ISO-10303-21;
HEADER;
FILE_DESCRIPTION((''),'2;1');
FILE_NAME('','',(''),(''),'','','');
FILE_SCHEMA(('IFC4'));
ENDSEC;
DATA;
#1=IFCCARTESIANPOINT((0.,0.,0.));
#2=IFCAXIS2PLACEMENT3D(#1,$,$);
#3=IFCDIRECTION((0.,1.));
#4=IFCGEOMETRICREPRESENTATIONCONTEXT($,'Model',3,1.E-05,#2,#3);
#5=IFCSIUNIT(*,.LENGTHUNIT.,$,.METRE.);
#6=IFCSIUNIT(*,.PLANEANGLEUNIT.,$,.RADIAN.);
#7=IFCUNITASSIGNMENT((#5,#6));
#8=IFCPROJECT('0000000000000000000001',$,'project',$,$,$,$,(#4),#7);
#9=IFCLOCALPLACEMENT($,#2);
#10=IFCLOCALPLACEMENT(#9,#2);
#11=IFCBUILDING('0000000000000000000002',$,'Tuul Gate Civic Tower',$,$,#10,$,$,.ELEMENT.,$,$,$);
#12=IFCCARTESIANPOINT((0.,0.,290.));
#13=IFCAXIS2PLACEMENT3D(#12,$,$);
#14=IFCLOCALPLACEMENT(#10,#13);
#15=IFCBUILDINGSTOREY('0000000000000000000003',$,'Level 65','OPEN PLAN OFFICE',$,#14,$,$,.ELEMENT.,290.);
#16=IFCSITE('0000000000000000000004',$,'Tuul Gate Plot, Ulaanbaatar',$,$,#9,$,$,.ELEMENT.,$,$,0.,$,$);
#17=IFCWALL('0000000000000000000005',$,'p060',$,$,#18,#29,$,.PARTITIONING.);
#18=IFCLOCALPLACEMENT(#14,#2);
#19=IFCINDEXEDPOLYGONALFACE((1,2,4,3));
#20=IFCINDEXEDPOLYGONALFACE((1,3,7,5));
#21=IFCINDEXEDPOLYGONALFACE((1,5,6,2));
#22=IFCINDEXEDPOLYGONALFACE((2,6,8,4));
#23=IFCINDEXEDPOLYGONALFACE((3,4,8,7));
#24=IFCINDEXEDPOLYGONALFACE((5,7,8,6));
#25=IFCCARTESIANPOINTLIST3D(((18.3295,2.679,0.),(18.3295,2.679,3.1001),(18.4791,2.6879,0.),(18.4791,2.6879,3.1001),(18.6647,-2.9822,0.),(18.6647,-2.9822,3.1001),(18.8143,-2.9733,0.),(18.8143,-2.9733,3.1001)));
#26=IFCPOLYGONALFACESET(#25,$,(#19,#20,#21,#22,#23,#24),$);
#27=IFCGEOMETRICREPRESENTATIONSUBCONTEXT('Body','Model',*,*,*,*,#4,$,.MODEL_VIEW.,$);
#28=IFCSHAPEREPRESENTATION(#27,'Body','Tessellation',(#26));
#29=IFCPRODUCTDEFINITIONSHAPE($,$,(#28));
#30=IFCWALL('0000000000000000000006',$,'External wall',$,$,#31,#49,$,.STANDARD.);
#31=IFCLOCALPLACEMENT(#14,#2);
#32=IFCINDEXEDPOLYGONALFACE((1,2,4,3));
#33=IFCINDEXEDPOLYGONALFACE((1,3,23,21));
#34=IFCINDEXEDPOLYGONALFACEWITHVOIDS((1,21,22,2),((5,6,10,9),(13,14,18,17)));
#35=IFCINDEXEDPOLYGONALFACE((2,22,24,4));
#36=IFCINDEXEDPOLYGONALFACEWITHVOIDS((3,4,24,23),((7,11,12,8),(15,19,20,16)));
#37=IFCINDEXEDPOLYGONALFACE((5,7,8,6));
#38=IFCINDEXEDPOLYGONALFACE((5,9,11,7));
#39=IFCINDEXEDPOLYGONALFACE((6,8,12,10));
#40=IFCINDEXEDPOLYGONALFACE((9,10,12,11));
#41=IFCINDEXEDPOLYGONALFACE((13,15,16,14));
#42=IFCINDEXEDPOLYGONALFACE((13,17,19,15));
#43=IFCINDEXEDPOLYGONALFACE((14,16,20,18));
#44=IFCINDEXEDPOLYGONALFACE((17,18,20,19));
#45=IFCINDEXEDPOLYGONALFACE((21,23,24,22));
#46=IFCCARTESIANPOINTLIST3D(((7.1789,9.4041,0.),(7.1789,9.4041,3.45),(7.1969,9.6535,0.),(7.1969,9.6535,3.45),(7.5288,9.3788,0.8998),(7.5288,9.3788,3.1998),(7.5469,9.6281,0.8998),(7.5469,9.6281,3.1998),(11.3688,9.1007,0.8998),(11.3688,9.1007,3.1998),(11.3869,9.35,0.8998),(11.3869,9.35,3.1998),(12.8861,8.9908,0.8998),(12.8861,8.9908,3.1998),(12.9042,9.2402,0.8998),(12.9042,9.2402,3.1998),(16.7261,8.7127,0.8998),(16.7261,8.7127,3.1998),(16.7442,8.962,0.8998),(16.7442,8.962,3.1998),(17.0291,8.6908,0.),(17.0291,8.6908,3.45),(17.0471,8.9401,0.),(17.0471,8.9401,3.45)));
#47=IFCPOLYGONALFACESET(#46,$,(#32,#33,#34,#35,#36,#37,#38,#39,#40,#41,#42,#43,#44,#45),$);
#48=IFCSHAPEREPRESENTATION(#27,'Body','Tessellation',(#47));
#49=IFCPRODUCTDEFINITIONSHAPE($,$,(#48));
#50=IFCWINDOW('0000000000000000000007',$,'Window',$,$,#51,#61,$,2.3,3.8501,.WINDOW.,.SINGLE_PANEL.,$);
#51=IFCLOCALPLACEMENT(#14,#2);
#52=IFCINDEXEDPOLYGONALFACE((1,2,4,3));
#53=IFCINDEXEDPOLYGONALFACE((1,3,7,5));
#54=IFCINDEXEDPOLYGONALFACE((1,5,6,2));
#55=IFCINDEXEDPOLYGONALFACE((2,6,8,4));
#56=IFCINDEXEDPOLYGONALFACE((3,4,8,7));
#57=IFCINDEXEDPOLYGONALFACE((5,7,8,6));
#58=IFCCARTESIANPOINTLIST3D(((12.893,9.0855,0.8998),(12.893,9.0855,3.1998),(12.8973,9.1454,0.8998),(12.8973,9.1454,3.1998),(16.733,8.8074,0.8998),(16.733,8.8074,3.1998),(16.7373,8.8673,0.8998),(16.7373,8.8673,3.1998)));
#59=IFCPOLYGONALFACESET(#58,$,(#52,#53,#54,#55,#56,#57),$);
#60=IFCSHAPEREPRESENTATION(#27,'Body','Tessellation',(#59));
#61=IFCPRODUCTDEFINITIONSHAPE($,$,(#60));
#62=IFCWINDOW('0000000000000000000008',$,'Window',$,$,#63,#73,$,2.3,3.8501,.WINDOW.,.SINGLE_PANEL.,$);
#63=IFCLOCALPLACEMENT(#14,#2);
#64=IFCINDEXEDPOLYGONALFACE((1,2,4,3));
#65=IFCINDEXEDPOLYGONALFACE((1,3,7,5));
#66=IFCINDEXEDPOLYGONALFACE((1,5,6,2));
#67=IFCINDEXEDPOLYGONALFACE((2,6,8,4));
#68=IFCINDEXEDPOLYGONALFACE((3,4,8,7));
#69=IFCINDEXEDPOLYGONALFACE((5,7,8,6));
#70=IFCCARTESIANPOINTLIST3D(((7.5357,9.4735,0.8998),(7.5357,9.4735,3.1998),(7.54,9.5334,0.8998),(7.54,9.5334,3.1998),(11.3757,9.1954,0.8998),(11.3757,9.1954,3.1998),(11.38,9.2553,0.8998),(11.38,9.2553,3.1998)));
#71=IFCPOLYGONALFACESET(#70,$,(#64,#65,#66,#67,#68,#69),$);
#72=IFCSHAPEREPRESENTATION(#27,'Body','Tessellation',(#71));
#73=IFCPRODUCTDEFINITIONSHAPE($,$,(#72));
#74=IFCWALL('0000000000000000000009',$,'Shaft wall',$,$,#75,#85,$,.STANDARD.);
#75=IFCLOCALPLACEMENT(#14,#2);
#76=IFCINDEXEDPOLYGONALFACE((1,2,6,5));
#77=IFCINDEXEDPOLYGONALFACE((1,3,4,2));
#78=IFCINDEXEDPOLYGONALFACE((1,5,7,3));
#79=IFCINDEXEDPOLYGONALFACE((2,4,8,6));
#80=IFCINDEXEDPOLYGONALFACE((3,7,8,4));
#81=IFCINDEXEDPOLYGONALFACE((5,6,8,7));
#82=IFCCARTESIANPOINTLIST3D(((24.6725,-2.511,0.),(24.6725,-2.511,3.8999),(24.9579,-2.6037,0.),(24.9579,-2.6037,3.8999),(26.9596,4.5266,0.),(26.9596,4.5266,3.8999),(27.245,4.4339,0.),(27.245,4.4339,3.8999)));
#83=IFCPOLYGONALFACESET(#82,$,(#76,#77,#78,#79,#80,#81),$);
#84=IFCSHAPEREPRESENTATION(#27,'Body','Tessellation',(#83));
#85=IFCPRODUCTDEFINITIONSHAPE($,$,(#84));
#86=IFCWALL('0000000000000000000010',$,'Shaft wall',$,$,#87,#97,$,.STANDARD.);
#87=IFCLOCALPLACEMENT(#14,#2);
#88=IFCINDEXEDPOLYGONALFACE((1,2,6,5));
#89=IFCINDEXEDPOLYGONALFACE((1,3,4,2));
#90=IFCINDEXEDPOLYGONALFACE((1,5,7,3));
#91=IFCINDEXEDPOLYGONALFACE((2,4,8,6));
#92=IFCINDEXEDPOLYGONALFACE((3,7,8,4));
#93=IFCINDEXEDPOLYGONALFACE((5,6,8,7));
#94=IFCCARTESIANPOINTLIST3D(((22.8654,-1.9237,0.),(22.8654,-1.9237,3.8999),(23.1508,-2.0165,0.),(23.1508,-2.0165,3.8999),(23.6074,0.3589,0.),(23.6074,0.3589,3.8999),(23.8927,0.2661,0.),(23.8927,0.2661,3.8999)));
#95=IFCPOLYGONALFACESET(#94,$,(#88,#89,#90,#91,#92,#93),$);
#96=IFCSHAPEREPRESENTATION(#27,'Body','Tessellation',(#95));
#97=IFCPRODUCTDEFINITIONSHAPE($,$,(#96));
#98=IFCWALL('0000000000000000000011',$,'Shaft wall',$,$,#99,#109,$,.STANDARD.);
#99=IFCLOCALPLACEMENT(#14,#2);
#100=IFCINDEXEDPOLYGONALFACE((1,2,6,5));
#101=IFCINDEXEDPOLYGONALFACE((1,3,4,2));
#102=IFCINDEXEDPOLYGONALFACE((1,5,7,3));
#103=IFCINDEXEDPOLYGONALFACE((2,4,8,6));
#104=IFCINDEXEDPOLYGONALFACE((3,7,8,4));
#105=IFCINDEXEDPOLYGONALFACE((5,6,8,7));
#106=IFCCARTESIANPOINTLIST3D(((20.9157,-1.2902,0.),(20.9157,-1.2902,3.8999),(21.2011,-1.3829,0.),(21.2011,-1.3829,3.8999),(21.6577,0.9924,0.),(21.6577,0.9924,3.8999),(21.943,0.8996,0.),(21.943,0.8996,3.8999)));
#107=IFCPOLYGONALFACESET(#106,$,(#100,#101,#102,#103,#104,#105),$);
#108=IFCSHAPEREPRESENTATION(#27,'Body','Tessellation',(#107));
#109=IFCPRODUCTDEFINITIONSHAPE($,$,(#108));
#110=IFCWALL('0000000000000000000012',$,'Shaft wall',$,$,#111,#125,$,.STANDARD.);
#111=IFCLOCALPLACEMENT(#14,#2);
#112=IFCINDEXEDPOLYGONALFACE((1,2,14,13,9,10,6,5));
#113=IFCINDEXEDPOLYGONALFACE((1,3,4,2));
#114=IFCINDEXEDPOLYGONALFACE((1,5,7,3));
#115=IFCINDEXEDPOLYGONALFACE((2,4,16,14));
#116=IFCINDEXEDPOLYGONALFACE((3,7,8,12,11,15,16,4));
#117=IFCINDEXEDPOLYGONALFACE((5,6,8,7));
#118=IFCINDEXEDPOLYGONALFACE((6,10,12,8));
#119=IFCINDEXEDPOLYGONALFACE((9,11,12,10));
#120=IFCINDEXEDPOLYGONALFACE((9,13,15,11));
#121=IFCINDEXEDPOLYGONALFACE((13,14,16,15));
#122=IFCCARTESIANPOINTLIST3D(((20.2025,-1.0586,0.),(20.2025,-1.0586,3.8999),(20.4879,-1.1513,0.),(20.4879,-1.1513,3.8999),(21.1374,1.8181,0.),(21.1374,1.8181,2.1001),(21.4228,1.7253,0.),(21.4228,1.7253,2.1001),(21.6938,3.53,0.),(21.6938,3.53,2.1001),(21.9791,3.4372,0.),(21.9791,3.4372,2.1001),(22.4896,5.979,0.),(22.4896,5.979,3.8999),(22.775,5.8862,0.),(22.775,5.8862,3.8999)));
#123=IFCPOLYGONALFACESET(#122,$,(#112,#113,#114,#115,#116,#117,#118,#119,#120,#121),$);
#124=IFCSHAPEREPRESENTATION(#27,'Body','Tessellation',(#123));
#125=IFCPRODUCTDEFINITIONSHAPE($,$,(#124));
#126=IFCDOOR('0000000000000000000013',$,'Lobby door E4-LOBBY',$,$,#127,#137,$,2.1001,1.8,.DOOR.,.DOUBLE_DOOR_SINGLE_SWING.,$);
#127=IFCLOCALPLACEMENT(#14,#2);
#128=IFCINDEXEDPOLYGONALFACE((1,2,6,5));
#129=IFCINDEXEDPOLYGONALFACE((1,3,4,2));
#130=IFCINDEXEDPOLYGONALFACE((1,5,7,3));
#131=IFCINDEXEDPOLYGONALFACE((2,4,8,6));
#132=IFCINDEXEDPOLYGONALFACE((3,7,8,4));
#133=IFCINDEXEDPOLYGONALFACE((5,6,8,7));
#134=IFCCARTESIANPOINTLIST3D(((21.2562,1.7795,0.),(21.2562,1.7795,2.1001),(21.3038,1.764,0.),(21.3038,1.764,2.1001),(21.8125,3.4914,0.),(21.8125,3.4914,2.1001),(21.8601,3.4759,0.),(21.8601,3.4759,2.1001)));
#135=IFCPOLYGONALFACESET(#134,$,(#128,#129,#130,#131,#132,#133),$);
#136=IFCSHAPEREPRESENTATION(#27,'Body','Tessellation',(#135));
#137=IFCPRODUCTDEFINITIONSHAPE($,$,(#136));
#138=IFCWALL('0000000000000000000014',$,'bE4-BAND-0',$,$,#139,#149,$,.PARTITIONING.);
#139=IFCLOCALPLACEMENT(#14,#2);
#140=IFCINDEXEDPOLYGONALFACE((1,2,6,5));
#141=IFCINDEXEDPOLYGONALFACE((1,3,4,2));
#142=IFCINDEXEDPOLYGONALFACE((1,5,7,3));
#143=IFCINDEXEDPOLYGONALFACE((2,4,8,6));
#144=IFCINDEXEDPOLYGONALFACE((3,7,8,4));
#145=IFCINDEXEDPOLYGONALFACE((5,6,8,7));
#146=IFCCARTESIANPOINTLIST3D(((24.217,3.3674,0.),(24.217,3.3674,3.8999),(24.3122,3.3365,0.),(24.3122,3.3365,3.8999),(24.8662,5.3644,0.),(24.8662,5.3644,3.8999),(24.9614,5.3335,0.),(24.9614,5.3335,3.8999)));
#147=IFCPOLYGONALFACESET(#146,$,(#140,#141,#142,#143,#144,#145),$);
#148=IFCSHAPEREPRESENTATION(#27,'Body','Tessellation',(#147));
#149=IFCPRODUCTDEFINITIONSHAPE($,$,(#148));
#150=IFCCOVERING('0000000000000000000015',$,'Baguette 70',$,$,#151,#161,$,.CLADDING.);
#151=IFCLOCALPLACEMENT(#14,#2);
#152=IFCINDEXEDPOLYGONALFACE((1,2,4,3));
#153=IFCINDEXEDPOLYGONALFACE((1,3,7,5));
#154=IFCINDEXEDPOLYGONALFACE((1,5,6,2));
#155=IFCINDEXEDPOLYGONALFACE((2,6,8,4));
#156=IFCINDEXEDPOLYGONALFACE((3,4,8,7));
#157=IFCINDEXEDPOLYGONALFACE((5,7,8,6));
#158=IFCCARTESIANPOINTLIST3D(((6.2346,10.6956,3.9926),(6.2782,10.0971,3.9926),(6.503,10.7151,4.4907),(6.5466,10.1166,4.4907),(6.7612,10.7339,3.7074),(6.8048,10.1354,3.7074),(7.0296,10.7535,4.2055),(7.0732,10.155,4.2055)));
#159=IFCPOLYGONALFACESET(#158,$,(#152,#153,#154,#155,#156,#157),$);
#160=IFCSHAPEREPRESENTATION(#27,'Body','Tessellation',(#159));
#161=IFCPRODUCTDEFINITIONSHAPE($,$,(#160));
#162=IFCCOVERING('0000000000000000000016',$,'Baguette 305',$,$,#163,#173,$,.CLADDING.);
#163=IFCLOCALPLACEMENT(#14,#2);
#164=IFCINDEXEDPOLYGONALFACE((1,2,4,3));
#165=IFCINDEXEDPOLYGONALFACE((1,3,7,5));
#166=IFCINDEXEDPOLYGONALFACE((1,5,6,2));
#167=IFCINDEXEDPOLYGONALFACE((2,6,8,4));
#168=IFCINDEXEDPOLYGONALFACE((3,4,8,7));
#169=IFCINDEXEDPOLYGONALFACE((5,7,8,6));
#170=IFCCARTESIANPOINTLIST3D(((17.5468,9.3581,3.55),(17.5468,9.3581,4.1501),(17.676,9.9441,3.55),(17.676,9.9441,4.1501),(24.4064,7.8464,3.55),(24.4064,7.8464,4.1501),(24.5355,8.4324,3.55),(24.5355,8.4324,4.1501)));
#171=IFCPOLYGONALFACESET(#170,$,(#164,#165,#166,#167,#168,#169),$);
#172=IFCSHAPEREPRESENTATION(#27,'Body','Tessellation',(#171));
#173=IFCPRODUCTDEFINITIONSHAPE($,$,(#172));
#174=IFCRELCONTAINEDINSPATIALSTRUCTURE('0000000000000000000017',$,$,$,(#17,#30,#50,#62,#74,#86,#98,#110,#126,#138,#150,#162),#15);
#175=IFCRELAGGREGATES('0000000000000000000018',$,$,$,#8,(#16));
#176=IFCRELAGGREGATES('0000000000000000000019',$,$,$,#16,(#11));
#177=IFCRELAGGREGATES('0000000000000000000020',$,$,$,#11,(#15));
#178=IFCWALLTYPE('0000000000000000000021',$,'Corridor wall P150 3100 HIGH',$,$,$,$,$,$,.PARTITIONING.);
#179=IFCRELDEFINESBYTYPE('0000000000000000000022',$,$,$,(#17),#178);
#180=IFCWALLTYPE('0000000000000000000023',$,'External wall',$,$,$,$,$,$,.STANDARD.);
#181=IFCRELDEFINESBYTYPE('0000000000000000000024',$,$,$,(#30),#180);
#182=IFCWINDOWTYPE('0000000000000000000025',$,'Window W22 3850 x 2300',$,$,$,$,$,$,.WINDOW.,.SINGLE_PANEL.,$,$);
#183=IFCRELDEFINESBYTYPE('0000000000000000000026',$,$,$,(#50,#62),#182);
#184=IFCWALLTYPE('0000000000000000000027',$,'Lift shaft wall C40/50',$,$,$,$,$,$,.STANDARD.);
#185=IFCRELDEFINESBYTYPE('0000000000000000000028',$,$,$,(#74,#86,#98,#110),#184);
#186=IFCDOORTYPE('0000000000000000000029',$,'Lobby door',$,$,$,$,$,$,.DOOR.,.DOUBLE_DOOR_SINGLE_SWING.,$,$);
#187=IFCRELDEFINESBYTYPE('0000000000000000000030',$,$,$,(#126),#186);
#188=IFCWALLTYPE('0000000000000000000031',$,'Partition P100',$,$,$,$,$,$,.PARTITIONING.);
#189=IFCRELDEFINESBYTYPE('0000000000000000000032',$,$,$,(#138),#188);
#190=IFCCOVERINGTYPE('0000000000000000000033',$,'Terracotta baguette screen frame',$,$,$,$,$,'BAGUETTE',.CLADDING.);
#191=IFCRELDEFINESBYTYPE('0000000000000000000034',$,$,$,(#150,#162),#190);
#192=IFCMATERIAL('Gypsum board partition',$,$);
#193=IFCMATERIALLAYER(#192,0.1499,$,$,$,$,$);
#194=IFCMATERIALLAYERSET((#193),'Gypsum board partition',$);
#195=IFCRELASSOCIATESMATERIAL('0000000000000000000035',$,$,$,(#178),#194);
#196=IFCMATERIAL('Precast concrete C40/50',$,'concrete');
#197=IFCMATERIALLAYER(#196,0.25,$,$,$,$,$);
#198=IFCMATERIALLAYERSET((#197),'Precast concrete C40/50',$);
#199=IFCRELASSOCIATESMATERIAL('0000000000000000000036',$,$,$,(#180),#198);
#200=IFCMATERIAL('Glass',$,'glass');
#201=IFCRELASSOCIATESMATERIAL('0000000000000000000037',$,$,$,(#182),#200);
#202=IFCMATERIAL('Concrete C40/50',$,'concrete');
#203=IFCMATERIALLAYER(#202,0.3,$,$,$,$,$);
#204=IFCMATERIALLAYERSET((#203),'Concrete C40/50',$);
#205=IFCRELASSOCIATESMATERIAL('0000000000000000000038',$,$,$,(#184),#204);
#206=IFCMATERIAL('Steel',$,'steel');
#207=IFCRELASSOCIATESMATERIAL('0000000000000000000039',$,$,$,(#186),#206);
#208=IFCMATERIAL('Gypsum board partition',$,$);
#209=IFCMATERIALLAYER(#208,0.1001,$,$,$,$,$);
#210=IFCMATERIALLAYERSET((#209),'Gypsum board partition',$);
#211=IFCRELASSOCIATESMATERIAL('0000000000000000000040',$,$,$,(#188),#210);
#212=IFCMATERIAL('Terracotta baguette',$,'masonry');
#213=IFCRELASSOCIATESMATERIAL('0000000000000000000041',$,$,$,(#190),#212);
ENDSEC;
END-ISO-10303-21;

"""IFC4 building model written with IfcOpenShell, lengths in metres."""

from ifc_helpers import new_model, si_unit, direction, frame, frame_2d, origin, origin_2d, place, context, subcontext, project, spatial, rectangle, extrude, material, layer, layer_set, material_profile, profile_set, type_object, element, fill, save


model = new_model("IFC4")

# Units and contexts
model_context = context("Model", 3, precision=1e-05, world=origin(), true_north=direction((0.0, 1.0)))
body_context = subcontext(model_context, "Body", "Model", "MODEL_VIEW")
ifc_project = project(units=[si_unit("LENGTHUNIT", "METRE"), si_unit("PLANEANGLEUNIT", "RADIAN")], contexts=[model_context])

# Site, building, storey
site_placement = place(None, origin())
site = spatial("IfcSite", under=ifc_project, at=site_placement, Name="Tuul Gate Plot, Ulaanbaatar", CompositionType="ELEMENT", RefElevation=0.0)
building_placement = place(site_placement, origin())
building = spatial("IfcBuilding", under=site, at=building_placement, Name="Tuul Gate Civic Tower", CompositionType="ELEMENT")
storey_placement = place(building_placement, frame((0.0, 0.0, 290.0)))
storey = spatial("IfcBuildingStorey", under=building, at=storey_placement, Name="Level 65", Description="OPEN PLAN OFFICE", CompositionType="ELEMENT", Elevation=290.0)

# Wall
ifc_material_1 = material(Name="Gypsum board partition")
ifc_layer_1 = layer(ifc_material_1, 0.1499)
ifc_layer_set_1 = layer_set([ifc_layer_1], Name="Gypsum board partition")
wall_type_1 = type_object("IfcWallType", Name="Corridor wall P150 3100 HIGH", PredefinedType="PARTITIONING", material=ifc_layer_set_1)
wall_1_placement = place(storey_placement, frame((18.4043, 2.6833, 0.0), z_axis=(0.0, 0.0, 1.0), x_axis=(0.059108, -0.998252, 0.0)))
element("IfcWall", 1, at=wall_1_placement, inside=storey, type_object=wall_type_1, Name="p060", PredefinedType="PARTITIONING", context=body_context, shape_type="SweptSolid", body=[
    extrude(rectangle(XDim=5.6711, YDim=0.1499, at=frame_2d((2.8354, 0.0))), origin(), (0.0, 0.0, 1.0), 3.1001),
])

# Wall, openings, windows
ifc_material_2 = material(Name="Precast concrete C40/50", Category="concrete")
ifc_layer_2 = layer(ifc_material_2, 0.25)
ifc_layer_set_2 = layer_set([ifc_layer_2], Name="Precast concrete C40/50")
wall_type_2 = type_object("IfcWallType", Name="External wall", PredefinedType="STANDARD", material=ifc_layer_set_2)
wall_2_placement = place(storey_placement, frame((17.0381, 8.8154, 0.0), z_axis=(0.0, 0.0, 1.0), x_axis=(-0.997388, 0.072234, 0.0)))
wall_2 = element("IfcWall", 2, at=wall_2_placement, inside=storey, type_object=wall_type_2, Name="External wall", PredefinedType="STANDARD", context=body_context, shape_type="SweptSolid", body=[
    extrude(rectangle(XDim=9.876, YDim=0.25, at=frame_2d((4.938, 0.0))), origin(), (0.0, 0.0, 1.0), 3.45),
])
opening_1_placement = place(wall_2_placement, frame((0.3037, 0.0, 0.8999)))
opening_1 = element("IfcOpeningElement", 3, at=opening_1_placement, cuts=wall_2, PredefinedType="OPENING", context=body_context, shape_type="SweptSolid", body=[
    extrude(rectangle(XDim=3.8501, YDim=2.3, at=frame_2d((1.925, 1.1499))), frame((0.0, 0.135, 0.0), z_axis=(0.0, -1.0, 0.0), x_axis=(1.0, 0.0, 0.0)), (0.0, 0.0, 1.0), 0.27),
])
opening_2_placement = place(wall_2_placement, frame((5.675, 0.0, 0.8999)))
opening_2 = element("IfcOpeningElement", 4, at=opening_2_placement, cuts=wall_2, PredefinedType="OPENING", context=body_context, shape_type="SweptSolid", body=[
    extrude(rectangle(XDim=3.8501, YDim=2.3, at=frame_2d((1.925, 1.1499))), frame((0.0, 0.135, 0.0), z_axis=(0.0, -1.0, 0.0), x_axis=(1.0, 0.0, 0.0)), (0.0, 0.0, 1.0), 0.27),
])
ifc_material_3 = material(Name="Glass", Category="glass")
window_type = type_object("IfcWindowType", Name="Window W22 3850 x 2300", PartitioningType="SINGLE_PANEL", PredefinedType="WINDOW", material=ifc_material_3)
window_1_placement = place(opening_1_placement, origin())
window_1 = element("IfcWindow", 5, at=window_1_placement, inside=storey, type_object=window_type, Name="Window", OverallHeight=2.3, OverallWidth=3.8501, PartitioningType="SINGLE_PANEL", PredefinedType="WINDOW", context=body_context, shape_type="SweptSolid", body=[
    extrude(rectangle(XDim=3.8501, YDim=2.3, at=frame_2d((1.925, 1.1499))), frame((0.0, 0.03, 0.0), z_axis=(0.0, -1.0, 0.0), x_axis=(1.0, 0.0, 0.0)), (0.0, 0.0, 1.0), 0.0601),
])
fill(opening_1, window_1)
window_2_placement = place(opening_2_placement, origin())
window_2 = element("IfcWindow", 6, at=window_2_placement, inside=storey, type_object=window_type, Name="Window", OverallHeight=2.3, OverallWidth=3.8501, PartitioningType="SINGLE_PANEL", PredefinedType="WINDOW", context=body_context, shape_type="SweptSolid", body=[
    extrude(rectangle(XDim=3.8501, YDim=2.3, at=frame_2d((1.925, 1.1499))), frame((0.0, 0.03, 0.0), z_axis=(0.0, -1.0, 0.0), x_axis=(1.0, 0.0, 0.0)), (0.0, 0.0, 1.0), 0.0601),
])
fill(opening_2, window_2)

# Walls
ifc_material_4 = material(Name="Concrete C40/50", Category="concrete")
ifc_layer_3 = layer(ifc_material_4, 0.3)
ifc_layer_set_3 = layer_set([ifc_layer_3], Name="Concrete C40/50")
wall_type_3 = type_object("IfcWallType", Name="Lift shaft wall C40/50", PredefinedType="STANDARD", material=ifc_layer_set_3)
wall_3_placement = place(storey_placement, frame((24.8152, -2.5574, 0.0), z_axis=(0.0, 0.0, 1.0), x_axis=(0.309073, 0.951038, 0.0)))
element("IfcWall", 7, at=wall_3_placement, inside=storey, type_object=wall_type_3, Name="Shaft wall", PredefinedType="STANDARD", context=body_context, shape_type="SweptSolid", body=[
    extrude(rectangle(XDim=7.3999, YDim=0.3, at=frame_2d((3.7, 0.0))), origin(), (0.0, 0.0, 1.0), 3.8999),
])
for number, where, z_axis, x_axis, name in (
    (8, (23.0081, -1.9702, 0.0), (0.0, 0.0, 1.0), (0.309139, 0.951017, 0.0), "Shaft wall"),
    (9, (21.0583, -1.3367, 0.0), (0.0, 0.0, 1.0), (0.309139, 0.951017, 0.0), "Shaft wall"),
):
    element("IfcWall", number, at=place(storey_placement, frame(where, z_axis=z_axis, x_axis=x_axis)), inside=storey, type_object=wall_type_3, Name=name, PredefinedType="STANDARD", context=body_context, shape_type="SweptSolid", body=[
        extrude(rectangle(XDim=2.4001, YDim=0.3, at=frame_2d((1.2002, 0.0))), origin(), (0.0, 0.0, 1.0), 3.8999),
    ])

# Wall, opening, door
wall_4_placement = place(storey_placement, frame((20.3452, -1.105, 0.0), z_axis=(0.0, 0.0, 1.0), x_axis=(0.309073, 0.951038, 0.0)))
wall_4 = element("IfcWall", 10, at=wall_4_placement, inside=storey, type_object=wall_type_3, Name="Shaft wall", PredefinedType="STANDARD", context=body_context, shape_type="SweptSolid", body=[
    extrude(rectangle(XDim=7.3999, YDim=0.3, at=frame_2d((3.7, 0.0))), origin(), (0.0, 0.0, 1.0), 3.8999),
])
opening_3_placement = place(wall_4_placement, frame((3.0249, 0.0, 0.0)))
opening_3 = element("IfcOpeningElement", 11, at=opening_3_placement, cuts=wall_4, PredefinedType="OPENING", context=body_context, shape_type="SweptSolid", body=[
    extrude(rectangle(XDim=1.8, YDim=2.1001, at=frame_2d((0.8999, 1.05))), frame((0.0, 0.1602, 0.0), z_axis=(0.0, -1.0, 0.0), x_axis=(1.0, 0.0, 0.0)), (0.0, 0.0, 1.0), 0.3201),
])
ifc_material_5 = material(Name="Steel", Category="steel")
door_type_1 = type_object("IfcDoorType", Name="Lobby door", OperationType="DOUBLE_DOOR_SINGLE_SWING", PredefinedType="DOOR", material=ifc_material_5)
door_1_placement = place(opening_3_placement, frame((1.8, 0.0, 0.0), z_axis=(0.0, 0.0, 1.0), x_axis=(-1.0, 0.0, 0.0)))
door_1 = element("IfcDoor", 12, at=door_1_placement, inside=storey, type_object=door_type_1, Name="Lobby door E4-LOBBY", OperationType="DOUBLE_DOOR_SINGLE_SWING", OverallHeight=2.1001, OverallWidth=1.8, PredefinedType="DOOR", context=body_context, shape_type="SweptSolid", body=[
    extrude(rectangle(XDim=1.8, YDim=2.1001, at=frame_2d((0.9001, 1.05))), frame((0.0, 0.0249, 0.0), z_axis=(0.0, -1.0, 0.0), x_axis=(1.0, 0.0, 0.0)), (0.0, 0.0, 1.0), 0.05),
])
fill(opening_3, door_1)

# Wall
ifc_material_6 = material(Name="Gypsum board partition")
ifc_layer_4 = layer(ifc_material_6, 0.1001)
ifc_layer_set_4 = layer_set([ifc_layer_4], Name="Gypsum board partition")
wall_type_4 = type_object("IfcWallType", Name="Partition P100", PredefinedType="PARTITIONING", material=ifc_layer_set_4)
wall_5_placement = place(storey_placement, frame((24.2646, 3.3521, 0.0), z_axis=(0.0, 0.0, 1.0), x_axis=(0.309139, 0.951017, 0.0)))
element("IfcWall", 13, at=wall_5_placement, inside=storey, type_object=wall_type_4, Name="bE4-BAND-0", PredefinedType="PARTITIONING", context=body_context, shape_type="SweptSolid", body=[
    extrude(rectangle(XDim=2.0999, YDim=0.1001, at=frame_2d((1.0498, 0.0))), origin(), (0.0, 0.0, 1.0), 3.8999),
])

# Coverings
ifc_material_7 = material(Name="Terracotta baguette", Category="masonry")
ifc_material_profile_1 = material_profile(ifc_material_7, rectangle(XDim=0.6001, YDim=0.6001, at=origin_2d()), Name="Terracotta baguette screen frame")
ifc_profile_set_1 = profile_set([ifc_material_profile_1], Name="Terracotta baguette")
covering_type = type_object("IfcCoveringType", Name="Terracotta baguette screen frame", ElementType="BAGUETTE", PredefinedType="CLADDING", material=ifc_profile_set_1)
covering_1_placement = place(storey_placement, frame((6.7881, 10.4351, 4.3481), z_axis=(-0.473998, -0.034504, -0.87985), x_axis=(0.072601, -0.997361, 0.0)))
element("IfcCovering", 14, at=covering_1_placement, inside=storey, type_object=covering_type, Name="Baguette 70", PredefinedType="CLADDING", context=body_context, shape_type="SweptSolid", body=[
    extrude(rectangle(XDim=0.6001, YDim=0.6001, at=origin_2d()), origin(), (0.0, 0.0, 1.0), 0.5662),
])
covering_2_placement = place(storey_placement, frame((24.4709, 8.1394, 3.8501), z_axis=(-0.976567, 0.215215, 0.0), x_axis=(-0.215215, -0.976567, 0.0)))
element("IfcCovering", 15, at=covering_2_placement, inside=storey, type_object=covering_type, Name="Baguette 305", PredefinedType="CLADDING", context=body_context, shape_type="SweptSolid", body=[
    extrude(rectangle(XDim=0.6001, YDim=0.6001, at=origin_2d()), origin(), (0.0, 0.0, 1.0), 7.0242),
])

save(model, "model.ifc")
